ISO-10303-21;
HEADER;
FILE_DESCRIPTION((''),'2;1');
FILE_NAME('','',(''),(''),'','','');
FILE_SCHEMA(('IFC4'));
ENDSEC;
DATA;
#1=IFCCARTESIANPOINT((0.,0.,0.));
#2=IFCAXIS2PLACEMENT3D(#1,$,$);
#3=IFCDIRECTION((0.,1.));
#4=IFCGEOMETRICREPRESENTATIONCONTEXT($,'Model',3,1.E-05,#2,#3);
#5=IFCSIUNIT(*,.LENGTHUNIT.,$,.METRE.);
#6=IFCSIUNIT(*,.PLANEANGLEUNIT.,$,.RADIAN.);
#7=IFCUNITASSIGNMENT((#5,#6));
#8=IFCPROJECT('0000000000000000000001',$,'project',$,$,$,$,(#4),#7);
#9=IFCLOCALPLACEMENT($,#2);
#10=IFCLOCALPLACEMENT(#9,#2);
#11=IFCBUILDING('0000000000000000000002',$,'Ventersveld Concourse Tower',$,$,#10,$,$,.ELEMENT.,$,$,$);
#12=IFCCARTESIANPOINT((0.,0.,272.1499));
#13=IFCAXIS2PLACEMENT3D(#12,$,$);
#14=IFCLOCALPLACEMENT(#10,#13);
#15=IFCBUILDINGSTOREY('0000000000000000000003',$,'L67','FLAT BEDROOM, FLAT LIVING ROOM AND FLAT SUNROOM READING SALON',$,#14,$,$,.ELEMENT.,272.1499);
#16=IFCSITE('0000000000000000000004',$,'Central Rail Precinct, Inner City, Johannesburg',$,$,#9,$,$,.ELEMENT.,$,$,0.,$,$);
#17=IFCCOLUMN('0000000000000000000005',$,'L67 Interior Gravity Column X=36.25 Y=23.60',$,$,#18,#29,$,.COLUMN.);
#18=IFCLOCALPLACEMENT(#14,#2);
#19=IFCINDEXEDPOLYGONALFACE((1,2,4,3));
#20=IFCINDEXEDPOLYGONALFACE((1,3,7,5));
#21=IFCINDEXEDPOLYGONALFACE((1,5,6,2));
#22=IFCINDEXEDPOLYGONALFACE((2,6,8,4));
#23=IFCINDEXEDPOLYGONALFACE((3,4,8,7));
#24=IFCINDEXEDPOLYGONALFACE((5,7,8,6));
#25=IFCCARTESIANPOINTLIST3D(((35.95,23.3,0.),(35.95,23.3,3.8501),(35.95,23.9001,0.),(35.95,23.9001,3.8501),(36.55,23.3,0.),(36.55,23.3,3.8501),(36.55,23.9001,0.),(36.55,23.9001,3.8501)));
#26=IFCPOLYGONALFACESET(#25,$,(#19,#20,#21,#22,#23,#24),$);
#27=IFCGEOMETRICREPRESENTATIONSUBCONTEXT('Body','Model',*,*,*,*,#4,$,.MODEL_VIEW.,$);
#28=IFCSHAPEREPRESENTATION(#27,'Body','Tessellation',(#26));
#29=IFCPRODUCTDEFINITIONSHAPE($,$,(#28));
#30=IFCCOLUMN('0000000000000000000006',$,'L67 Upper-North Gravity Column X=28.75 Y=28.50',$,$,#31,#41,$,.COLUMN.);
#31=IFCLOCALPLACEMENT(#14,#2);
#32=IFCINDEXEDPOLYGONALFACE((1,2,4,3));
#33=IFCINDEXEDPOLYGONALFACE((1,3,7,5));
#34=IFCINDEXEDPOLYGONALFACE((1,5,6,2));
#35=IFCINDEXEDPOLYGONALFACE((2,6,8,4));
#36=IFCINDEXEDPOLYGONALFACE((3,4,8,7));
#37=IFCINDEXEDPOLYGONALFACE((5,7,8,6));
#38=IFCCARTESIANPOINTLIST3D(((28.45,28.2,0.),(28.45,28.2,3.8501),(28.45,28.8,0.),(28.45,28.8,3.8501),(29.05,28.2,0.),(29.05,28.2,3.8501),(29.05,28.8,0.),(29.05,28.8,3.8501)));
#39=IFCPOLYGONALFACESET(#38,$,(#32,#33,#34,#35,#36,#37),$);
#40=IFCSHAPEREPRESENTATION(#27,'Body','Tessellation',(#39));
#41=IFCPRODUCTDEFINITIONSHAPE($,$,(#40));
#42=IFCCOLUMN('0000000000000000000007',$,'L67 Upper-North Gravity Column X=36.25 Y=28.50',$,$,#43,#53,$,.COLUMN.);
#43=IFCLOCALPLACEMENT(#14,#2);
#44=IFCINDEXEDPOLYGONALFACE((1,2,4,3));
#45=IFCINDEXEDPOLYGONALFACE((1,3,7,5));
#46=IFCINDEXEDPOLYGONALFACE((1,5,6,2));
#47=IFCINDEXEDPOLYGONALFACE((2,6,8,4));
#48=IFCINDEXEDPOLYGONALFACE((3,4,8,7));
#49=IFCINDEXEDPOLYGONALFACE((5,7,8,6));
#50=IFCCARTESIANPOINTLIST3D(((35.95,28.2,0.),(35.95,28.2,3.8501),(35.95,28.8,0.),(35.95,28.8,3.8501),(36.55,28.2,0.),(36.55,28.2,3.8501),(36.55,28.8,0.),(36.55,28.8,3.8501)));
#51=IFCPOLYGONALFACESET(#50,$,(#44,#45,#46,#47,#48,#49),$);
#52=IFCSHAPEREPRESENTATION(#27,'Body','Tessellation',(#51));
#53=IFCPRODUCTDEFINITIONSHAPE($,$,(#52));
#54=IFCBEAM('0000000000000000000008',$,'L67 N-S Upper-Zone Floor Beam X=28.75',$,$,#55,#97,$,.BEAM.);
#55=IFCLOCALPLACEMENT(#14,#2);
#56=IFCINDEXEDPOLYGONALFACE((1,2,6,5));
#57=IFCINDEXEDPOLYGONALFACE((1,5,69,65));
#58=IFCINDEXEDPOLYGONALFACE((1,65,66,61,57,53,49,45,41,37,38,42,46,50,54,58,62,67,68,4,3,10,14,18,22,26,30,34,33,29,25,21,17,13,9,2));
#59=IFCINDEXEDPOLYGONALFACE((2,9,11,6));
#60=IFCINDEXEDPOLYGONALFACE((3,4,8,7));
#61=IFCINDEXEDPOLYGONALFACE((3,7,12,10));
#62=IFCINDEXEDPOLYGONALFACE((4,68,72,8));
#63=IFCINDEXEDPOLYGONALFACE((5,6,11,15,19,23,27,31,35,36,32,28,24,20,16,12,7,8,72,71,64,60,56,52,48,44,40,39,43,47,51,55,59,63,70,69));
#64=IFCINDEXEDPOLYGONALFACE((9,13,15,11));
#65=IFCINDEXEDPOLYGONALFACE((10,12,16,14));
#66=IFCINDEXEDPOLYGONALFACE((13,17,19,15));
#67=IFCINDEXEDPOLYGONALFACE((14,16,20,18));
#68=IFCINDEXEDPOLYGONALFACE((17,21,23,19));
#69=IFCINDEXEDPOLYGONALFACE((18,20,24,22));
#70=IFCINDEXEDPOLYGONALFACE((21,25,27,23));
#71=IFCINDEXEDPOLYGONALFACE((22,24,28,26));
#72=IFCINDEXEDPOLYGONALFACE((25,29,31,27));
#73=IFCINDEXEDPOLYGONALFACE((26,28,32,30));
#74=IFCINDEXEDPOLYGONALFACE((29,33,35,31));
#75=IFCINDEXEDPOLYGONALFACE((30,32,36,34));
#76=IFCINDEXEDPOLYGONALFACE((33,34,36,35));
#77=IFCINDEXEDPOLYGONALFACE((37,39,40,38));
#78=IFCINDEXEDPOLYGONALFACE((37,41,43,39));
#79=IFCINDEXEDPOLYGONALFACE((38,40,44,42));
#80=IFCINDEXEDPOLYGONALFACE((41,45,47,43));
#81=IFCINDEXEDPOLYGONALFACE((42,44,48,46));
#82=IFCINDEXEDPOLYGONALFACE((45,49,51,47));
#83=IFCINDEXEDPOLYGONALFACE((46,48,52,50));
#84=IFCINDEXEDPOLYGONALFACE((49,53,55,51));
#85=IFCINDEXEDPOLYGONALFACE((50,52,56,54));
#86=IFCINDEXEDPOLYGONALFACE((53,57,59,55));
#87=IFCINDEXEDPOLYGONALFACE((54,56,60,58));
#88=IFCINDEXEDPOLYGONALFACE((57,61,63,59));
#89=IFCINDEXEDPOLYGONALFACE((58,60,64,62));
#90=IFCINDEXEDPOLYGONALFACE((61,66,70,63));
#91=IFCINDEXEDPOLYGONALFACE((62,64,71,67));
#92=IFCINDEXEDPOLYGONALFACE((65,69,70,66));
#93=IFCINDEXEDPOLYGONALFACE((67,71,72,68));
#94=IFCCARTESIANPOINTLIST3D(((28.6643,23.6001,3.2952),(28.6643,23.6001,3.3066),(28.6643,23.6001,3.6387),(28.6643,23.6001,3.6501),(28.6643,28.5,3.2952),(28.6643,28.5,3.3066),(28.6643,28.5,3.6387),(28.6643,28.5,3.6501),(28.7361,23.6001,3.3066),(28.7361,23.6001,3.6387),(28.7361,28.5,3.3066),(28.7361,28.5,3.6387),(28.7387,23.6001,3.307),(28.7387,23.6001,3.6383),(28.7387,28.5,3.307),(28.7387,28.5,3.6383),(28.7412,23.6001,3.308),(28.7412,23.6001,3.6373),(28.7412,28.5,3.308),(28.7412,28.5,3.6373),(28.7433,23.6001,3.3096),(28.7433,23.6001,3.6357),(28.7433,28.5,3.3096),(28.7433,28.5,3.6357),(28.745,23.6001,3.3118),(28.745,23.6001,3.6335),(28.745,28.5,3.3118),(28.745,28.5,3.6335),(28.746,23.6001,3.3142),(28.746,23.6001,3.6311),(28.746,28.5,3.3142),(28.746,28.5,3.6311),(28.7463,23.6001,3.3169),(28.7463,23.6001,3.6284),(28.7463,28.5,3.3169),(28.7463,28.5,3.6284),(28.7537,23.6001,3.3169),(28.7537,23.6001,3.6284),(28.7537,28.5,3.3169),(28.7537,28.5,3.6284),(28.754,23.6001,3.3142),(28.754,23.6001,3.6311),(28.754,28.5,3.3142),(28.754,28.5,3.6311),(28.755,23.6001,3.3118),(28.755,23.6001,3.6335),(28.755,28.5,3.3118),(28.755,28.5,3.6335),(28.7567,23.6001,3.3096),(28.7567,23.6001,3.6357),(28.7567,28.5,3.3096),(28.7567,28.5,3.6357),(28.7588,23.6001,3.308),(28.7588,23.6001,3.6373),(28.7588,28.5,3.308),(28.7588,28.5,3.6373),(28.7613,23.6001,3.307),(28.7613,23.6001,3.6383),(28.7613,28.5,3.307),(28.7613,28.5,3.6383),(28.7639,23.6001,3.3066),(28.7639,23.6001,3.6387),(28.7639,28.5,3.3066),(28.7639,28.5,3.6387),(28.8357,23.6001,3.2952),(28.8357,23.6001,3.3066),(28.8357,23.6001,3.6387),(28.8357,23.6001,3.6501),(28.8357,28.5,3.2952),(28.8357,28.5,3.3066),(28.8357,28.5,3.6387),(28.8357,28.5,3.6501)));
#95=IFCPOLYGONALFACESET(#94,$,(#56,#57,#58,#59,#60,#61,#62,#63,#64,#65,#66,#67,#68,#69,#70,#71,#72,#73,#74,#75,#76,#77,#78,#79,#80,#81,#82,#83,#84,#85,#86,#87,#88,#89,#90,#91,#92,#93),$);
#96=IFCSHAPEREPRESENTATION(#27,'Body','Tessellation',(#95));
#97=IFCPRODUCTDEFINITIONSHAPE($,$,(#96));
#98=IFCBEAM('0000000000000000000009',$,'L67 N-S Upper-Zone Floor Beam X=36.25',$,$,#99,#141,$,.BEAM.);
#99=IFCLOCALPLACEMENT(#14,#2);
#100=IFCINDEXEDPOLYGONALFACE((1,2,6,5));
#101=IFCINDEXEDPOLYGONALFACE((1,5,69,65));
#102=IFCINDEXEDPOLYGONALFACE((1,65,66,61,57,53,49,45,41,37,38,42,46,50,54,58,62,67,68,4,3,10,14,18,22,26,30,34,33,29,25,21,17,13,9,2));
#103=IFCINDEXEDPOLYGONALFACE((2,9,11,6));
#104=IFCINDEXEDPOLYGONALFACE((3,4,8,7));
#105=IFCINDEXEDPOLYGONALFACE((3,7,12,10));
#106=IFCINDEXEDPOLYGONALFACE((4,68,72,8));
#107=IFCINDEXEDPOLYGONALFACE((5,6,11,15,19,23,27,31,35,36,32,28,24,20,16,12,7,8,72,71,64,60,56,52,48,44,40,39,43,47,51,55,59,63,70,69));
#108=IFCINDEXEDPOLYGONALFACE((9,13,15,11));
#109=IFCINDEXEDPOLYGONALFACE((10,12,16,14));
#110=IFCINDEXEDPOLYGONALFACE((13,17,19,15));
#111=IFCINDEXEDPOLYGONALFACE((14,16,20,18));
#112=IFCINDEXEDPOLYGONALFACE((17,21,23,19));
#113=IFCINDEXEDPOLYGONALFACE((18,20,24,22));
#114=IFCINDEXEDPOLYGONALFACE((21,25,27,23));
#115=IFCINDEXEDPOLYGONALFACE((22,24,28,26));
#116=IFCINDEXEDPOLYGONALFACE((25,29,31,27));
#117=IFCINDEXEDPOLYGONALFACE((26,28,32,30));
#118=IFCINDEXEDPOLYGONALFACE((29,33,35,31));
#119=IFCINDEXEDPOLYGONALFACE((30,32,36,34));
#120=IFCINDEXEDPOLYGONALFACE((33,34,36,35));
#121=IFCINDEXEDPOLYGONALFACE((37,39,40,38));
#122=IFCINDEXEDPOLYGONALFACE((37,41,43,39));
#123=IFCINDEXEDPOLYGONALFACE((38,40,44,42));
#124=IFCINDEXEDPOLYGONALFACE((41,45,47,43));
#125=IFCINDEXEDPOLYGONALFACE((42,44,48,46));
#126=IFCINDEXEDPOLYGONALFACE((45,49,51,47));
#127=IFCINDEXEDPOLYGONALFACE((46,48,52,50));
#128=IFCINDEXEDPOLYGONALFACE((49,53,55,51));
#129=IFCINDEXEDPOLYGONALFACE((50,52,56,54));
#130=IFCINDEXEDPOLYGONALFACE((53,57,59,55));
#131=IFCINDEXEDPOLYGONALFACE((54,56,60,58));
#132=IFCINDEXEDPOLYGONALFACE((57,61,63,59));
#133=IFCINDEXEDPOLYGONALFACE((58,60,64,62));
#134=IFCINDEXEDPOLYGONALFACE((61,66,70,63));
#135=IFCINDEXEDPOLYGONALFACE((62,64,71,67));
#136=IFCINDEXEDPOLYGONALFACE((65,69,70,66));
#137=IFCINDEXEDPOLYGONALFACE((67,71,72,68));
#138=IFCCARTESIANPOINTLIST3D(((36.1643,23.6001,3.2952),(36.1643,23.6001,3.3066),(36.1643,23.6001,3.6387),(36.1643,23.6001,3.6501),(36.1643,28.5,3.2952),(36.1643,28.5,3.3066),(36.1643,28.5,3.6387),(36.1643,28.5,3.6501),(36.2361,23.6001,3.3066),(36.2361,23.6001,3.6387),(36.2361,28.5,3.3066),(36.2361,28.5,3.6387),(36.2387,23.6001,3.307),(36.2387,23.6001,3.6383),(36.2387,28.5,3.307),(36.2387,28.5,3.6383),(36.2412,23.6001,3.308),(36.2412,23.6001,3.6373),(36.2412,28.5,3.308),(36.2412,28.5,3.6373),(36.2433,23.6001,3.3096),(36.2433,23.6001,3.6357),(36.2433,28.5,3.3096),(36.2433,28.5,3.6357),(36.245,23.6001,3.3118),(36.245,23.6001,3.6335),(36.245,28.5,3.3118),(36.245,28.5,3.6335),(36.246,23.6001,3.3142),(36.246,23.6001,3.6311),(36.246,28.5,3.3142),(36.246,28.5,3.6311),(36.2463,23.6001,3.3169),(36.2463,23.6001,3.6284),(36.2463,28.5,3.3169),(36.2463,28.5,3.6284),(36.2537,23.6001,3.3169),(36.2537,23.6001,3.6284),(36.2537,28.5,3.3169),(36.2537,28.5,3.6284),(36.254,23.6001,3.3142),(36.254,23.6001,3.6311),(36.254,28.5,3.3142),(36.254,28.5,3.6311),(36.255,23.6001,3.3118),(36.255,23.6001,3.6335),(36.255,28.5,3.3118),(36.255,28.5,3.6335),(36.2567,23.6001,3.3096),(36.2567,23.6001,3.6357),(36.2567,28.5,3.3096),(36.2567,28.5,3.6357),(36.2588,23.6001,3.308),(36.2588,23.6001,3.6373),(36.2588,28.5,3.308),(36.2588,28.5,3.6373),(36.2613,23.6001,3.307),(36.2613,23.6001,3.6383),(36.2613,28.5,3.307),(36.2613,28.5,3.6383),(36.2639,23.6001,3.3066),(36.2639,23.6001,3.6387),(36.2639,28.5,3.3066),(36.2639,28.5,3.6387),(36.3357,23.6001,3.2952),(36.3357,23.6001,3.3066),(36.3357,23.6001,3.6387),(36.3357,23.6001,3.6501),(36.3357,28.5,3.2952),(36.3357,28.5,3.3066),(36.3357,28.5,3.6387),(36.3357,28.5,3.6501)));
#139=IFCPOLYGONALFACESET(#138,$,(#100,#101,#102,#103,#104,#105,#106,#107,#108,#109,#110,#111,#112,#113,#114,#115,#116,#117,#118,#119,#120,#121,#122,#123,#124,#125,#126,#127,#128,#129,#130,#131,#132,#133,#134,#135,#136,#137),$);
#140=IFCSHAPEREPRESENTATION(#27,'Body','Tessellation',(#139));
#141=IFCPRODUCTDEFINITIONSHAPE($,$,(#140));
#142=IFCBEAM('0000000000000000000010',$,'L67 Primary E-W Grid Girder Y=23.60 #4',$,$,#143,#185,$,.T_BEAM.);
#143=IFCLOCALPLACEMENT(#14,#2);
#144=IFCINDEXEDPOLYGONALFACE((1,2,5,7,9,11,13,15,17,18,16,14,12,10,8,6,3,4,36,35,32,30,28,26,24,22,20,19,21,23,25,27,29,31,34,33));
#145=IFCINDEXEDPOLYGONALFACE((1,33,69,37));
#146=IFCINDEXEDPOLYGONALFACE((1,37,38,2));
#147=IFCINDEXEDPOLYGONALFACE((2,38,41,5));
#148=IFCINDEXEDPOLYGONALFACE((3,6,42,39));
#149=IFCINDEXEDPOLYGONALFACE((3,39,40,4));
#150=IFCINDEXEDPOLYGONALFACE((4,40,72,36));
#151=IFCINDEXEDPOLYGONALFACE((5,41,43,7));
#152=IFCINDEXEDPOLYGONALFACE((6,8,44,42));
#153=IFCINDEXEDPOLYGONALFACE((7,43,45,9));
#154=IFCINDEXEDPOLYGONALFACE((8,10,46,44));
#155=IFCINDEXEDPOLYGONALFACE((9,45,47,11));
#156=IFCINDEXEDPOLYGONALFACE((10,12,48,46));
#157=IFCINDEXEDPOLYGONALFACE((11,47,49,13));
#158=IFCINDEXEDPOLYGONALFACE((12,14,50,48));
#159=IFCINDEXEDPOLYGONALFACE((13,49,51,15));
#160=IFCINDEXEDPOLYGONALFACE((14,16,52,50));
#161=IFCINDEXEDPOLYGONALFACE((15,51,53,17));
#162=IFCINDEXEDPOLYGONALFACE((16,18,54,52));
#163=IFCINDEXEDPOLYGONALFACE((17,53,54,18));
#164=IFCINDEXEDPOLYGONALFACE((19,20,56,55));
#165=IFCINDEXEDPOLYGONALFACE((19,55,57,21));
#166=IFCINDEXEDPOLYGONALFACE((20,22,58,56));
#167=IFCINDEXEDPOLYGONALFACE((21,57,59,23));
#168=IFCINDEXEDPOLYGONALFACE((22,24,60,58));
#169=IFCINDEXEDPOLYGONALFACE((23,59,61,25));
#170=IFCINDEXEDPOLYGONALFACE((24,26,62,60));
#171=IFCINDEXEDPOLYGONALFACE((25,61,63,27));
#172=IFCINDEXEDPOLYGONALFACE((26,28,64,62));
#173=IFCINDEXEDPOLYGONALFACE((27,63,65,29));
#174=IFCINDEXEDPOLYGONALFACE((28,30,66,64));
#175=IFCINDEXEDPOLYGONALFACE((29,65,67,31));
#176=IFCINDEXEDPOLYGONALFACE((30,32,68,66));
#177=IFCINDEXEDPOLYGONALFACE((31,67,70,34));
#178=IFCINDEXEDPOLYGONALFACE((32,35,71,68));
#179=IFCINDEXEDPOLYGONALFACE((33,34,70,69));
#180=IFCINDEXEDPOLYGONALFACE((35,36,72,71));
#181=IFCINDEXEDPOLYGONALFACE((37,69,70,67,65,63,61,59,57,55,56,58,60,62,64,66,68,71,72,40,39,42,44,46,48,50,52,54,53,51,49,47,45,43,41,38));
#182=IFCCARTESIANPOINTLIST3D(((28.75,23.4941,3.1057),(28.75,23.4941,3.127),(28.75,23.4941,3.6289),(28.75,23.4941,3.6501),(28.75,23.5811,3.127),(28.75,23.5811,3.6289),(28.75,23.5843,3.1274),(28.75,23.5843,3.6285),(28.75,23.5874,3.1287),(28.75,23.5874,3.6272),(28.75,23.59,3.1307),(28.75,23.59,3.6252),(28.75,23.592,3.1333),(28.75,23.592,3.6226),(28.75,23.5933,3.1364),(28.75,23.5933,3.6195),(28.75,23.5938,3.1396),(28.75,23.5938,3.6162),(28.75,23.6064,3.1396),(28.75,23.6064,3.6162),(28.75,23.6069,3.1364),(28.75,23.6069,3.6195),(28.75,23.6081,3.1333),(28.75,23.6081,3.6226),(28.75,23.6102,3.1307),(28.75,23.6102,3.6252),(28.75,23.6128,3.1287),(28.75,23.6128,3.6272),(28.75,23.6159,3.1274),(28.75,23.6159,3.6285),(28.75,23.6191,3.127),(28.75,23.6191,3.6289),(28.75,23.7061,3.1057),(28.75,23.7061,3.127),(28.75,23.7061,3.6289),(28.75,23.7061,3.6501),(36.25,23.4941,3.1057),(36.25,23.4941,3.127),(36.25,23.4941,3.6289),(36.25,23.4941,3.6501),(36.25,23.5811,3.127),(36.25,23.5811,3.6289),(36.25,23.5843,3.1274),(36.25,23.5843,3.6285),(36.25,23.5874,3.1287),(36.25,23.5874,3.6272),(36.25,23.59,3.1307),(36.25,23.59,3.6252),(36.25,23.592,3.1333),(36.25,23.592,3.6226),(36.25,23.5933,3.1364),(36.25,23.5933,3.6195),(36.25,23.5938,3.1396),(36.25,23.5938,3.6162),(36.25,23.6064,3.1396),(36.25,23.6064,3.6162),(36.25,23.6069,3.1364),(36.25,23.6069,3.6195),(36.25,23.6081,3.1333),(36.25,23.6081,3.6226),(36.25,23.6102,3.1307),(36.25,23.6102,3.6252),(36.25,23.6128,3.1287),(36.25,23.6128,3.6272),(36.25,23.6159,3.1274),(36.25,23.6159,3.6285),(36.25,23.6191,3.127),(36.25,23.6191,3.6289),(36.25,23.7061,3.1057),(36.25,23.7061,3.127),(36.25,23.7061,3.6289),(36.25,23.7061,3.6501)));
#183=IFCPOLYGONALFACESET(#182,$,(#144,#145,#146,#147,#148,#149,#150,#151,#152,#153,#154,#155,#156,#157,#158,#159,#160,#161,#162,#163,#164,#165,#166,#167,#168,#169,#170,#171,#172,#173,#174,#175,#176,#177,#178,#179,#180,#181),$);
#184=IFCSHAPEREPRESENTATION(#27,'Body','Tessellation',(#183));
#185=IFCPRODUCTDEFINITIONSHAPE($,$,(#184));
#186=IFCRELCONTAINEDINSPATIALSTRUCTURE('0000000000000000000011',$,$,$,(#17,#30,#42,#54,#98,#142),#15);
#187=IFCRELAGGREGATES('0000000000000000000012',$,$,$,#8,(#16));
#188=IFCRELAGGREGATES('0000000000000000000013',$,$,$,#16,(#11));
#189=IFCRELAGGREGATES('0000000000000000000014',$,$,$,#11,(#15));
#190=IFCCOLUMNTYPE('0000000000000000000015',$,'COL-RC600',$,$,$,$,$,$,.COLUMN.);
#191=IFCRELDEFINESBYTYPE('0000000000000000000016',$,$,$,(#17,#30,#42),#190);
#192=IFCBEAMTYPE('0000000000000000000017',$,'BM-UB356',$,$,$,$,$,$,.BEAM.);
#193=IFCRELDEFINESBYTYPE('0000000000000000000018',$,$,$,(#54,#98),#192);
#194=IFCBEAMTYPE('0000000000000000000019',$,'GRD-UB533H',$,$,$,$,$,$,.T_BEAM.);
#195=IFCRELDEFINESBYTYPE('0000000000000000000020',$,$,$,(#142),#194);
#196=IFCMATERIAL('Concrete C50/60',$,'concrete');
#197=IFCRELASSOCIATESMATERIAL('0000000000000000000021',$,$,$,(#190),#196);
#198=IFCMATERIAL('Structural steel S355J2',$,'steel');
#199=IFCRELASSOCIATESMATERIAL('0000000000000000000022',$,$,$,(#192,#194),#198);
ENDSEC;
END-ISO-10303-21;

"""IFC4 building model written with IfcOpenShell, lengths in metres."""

from ifc_helpers import new_model, si_unit, direction, frame, origin, origin_2d, place, context, subcontext, project, spatial, rectangle, i_section, extrude, material, material_profile, profile_set, type_object, element, save


model = new_model("IFC4")

# Units and contexts
model_context = context("Model", 3, precision=1e-05, world=origin(), true_north=direction((0.0, 1.0)))
body_context = subcontext(model_context, "Body", "Model", "MODEL_VIEW")
ifc_project = project(units=[si_unit("LENGTHUNIT", "METRE"), si_unit("PLANEANGLEUNIT", "RADIAN")], contexts=[model_context])

# Site, building, storey
site_placement = place(None, origin())
site = spatial("IfcSite", under=ifc_project, at=site_placement, Name="Central Rail Precinct, Inner City, Johannesburg", CompositionType="ELEMENT", RefElevation=0.0)
building_placement = place(site_placement, origin())
building = spatial("IfcBuilding", under=site, at=building_placement, Name="Ventersveld Concourse Tower", CompositionType="ELEMENT")
storey_placement = place(building_placement, frame((0.0, 0.0, 272.1499)))
storey = spatial("IfcBuildingStorey", under=building, at=storey_placement, Name="L67", Description="FLAT BEDROOM, FLAT LIVING ROOM AND FLAT SUNROOM READING SALON", CompositionType="ELEMENT", Elevation=272.1499)

# Columns
ifc_material_1 = material(Name="Concrete C50/60", Category="concrete")
ifc_material_profile_1 = material_profile(ifc_material_1, rectangle(XDim=0.6001, YDim=0.6001, at=origin_2d()), Name="RC 600x600")
ifc_profile_set_1 = profile_set([ifc_material_profile_1], Name="Concrete C50/60")
column_type = type_object("IfcColumnType", Name="COL-RC600", PredefinedType="COLUMN", material=ifc_profile_set_1)
for number, where, z_axis, x_axis, name in (
    (1, (36.25, 23.6001, 0.0), (0.0, 0.0, 1.0), (1.0, 0.0, 0.0), "L67 Interior Gravity Column X=36.25 Y=23.60"),
    (2, (28.75, 28.5, 0.0), (0.0, 0.0, 1.0), (1.0, 0.0, 0.0), "L67 Upper-North Gravity Column X=28.75 Y=28.50"),
    (3, (36.25, 28.5, 0.0), (0.0, 0.0, 1.0), (1.0, 0.0, 0.0), "L67 Upper-North Gravity Column X=36.25 Y=28.50"),
):
    element("IfcColumn", number, at=place(storey_placement, frame(where, z_axis=z_axis, x_axis=x_axis)), inside=storey, type_object=column_type, Name=name, PredefinedType="COLUMN", context=body_context, shape_type="SweptSolid", body=[
        extrude(rectangle(XDim=0.6001, YDim=0.6001, at=origin_2d()), origin(), (0.0, 0.0, 1.0), 3.8501),
    ])

# Beams
ifc_material_2 = material(Name="Structural steel S355J2", Category="steel")
ifc_material_profile_2 = material_profile(ifc_material_2, i_section(OverallWidth=0.1714, OverallDepth=0.355, WebThickness=0.0073, FlangeThickness=0.0115, FilletRadius=0.0103, at=origin_2d()), Name="UB 356x171x51")
ifc_profile_set_2 = profile_set([ifc_material_profile_2], Name="Structural steel S355J2")
beam_type_1 = type_object("IfcBeamType", Name="BM-UB356", PredefinedType="BEAM", material=ifc_profile_set_2)
for number, where, z_axis, x_axis, name in (
    (4, (28.75, 23.6001, 3.4727), (0.0, 1.0, 0.0), (-1.0, 0.0, 0.0), "L67 N-S Upper-Zone Floor Beam X=28.75"),
    (5, (36.25, 23.6001, 3.4727), (0.0, 1.0, 0.0), (-1.0, 0.0, 0.0), "L67 N-S Upper-Zone Floor Beam X=36.25"),
):
    element("IfcBeam", number, at=place(storey_placement, frame(where, z_axis=z_axis, x_axis=x_axis)), inside=storey, type_object=beam_type_1, Name=name, PredefinedType="BEAM", context=body_context, shape_type="SweptSolid", body=[
        extrude(i_section(OverallWidth=0.1714, OverallDepth=0.355, WebThickness=0.0073, FlangeThickness=0.0115, FilletRadius=0.0103, at=origin_2d()), origin(), (0.0, 0.0, 1.0), 4.8999),
    ])
ifc_material_profile_3 = material_profile(ifc_material_2, i_section(OverallWidth=0.2119, OverallDepth=0.5444, WebThickness=0.0127, FlangeThickness=0.0212, FilletRadius=0.0127, at=origin_2d()), Name="UB 533x210x122")
ifc_profile_set_3 = profile_set([ifc_material_profile_3], Name="Structural steel S355J2")
beam_type_2 = type_object("IfcBeamType", Name="GRD-UB533H", PredefinedType="T_BEAM", material=ifc_profile_set_3)
for number, where, z_axis, x_axis, name in (
    (6, (28.75, 23.6001, 3.3779), (1.0, 0.0, 0.0), (0.0, 1.0, 0.0), "L67 Primary E-W Grid Girder Y=23.60 #4"),
):
    element("IfcBeam", number, at=place(storey_placement, frame(where, z_axis=z_axis, x_axis=x_axis)), inside=storey, type_object=beam_type_2, Name=name, PredefinedType="T_BEAM", context=body_context, shape_type="SweptSolid", body=[
        extrude(i_section(OverallWidth=0.2119, OverallDepth=0.5444, WebThickness=0.0127, FlangeThickness=0.0212, FilletRadius=0.0127, at=origin_2d()), origin(), (0.0, 0.0, 1.0), 7.5),
    ])

save(model, "model.ifc")
